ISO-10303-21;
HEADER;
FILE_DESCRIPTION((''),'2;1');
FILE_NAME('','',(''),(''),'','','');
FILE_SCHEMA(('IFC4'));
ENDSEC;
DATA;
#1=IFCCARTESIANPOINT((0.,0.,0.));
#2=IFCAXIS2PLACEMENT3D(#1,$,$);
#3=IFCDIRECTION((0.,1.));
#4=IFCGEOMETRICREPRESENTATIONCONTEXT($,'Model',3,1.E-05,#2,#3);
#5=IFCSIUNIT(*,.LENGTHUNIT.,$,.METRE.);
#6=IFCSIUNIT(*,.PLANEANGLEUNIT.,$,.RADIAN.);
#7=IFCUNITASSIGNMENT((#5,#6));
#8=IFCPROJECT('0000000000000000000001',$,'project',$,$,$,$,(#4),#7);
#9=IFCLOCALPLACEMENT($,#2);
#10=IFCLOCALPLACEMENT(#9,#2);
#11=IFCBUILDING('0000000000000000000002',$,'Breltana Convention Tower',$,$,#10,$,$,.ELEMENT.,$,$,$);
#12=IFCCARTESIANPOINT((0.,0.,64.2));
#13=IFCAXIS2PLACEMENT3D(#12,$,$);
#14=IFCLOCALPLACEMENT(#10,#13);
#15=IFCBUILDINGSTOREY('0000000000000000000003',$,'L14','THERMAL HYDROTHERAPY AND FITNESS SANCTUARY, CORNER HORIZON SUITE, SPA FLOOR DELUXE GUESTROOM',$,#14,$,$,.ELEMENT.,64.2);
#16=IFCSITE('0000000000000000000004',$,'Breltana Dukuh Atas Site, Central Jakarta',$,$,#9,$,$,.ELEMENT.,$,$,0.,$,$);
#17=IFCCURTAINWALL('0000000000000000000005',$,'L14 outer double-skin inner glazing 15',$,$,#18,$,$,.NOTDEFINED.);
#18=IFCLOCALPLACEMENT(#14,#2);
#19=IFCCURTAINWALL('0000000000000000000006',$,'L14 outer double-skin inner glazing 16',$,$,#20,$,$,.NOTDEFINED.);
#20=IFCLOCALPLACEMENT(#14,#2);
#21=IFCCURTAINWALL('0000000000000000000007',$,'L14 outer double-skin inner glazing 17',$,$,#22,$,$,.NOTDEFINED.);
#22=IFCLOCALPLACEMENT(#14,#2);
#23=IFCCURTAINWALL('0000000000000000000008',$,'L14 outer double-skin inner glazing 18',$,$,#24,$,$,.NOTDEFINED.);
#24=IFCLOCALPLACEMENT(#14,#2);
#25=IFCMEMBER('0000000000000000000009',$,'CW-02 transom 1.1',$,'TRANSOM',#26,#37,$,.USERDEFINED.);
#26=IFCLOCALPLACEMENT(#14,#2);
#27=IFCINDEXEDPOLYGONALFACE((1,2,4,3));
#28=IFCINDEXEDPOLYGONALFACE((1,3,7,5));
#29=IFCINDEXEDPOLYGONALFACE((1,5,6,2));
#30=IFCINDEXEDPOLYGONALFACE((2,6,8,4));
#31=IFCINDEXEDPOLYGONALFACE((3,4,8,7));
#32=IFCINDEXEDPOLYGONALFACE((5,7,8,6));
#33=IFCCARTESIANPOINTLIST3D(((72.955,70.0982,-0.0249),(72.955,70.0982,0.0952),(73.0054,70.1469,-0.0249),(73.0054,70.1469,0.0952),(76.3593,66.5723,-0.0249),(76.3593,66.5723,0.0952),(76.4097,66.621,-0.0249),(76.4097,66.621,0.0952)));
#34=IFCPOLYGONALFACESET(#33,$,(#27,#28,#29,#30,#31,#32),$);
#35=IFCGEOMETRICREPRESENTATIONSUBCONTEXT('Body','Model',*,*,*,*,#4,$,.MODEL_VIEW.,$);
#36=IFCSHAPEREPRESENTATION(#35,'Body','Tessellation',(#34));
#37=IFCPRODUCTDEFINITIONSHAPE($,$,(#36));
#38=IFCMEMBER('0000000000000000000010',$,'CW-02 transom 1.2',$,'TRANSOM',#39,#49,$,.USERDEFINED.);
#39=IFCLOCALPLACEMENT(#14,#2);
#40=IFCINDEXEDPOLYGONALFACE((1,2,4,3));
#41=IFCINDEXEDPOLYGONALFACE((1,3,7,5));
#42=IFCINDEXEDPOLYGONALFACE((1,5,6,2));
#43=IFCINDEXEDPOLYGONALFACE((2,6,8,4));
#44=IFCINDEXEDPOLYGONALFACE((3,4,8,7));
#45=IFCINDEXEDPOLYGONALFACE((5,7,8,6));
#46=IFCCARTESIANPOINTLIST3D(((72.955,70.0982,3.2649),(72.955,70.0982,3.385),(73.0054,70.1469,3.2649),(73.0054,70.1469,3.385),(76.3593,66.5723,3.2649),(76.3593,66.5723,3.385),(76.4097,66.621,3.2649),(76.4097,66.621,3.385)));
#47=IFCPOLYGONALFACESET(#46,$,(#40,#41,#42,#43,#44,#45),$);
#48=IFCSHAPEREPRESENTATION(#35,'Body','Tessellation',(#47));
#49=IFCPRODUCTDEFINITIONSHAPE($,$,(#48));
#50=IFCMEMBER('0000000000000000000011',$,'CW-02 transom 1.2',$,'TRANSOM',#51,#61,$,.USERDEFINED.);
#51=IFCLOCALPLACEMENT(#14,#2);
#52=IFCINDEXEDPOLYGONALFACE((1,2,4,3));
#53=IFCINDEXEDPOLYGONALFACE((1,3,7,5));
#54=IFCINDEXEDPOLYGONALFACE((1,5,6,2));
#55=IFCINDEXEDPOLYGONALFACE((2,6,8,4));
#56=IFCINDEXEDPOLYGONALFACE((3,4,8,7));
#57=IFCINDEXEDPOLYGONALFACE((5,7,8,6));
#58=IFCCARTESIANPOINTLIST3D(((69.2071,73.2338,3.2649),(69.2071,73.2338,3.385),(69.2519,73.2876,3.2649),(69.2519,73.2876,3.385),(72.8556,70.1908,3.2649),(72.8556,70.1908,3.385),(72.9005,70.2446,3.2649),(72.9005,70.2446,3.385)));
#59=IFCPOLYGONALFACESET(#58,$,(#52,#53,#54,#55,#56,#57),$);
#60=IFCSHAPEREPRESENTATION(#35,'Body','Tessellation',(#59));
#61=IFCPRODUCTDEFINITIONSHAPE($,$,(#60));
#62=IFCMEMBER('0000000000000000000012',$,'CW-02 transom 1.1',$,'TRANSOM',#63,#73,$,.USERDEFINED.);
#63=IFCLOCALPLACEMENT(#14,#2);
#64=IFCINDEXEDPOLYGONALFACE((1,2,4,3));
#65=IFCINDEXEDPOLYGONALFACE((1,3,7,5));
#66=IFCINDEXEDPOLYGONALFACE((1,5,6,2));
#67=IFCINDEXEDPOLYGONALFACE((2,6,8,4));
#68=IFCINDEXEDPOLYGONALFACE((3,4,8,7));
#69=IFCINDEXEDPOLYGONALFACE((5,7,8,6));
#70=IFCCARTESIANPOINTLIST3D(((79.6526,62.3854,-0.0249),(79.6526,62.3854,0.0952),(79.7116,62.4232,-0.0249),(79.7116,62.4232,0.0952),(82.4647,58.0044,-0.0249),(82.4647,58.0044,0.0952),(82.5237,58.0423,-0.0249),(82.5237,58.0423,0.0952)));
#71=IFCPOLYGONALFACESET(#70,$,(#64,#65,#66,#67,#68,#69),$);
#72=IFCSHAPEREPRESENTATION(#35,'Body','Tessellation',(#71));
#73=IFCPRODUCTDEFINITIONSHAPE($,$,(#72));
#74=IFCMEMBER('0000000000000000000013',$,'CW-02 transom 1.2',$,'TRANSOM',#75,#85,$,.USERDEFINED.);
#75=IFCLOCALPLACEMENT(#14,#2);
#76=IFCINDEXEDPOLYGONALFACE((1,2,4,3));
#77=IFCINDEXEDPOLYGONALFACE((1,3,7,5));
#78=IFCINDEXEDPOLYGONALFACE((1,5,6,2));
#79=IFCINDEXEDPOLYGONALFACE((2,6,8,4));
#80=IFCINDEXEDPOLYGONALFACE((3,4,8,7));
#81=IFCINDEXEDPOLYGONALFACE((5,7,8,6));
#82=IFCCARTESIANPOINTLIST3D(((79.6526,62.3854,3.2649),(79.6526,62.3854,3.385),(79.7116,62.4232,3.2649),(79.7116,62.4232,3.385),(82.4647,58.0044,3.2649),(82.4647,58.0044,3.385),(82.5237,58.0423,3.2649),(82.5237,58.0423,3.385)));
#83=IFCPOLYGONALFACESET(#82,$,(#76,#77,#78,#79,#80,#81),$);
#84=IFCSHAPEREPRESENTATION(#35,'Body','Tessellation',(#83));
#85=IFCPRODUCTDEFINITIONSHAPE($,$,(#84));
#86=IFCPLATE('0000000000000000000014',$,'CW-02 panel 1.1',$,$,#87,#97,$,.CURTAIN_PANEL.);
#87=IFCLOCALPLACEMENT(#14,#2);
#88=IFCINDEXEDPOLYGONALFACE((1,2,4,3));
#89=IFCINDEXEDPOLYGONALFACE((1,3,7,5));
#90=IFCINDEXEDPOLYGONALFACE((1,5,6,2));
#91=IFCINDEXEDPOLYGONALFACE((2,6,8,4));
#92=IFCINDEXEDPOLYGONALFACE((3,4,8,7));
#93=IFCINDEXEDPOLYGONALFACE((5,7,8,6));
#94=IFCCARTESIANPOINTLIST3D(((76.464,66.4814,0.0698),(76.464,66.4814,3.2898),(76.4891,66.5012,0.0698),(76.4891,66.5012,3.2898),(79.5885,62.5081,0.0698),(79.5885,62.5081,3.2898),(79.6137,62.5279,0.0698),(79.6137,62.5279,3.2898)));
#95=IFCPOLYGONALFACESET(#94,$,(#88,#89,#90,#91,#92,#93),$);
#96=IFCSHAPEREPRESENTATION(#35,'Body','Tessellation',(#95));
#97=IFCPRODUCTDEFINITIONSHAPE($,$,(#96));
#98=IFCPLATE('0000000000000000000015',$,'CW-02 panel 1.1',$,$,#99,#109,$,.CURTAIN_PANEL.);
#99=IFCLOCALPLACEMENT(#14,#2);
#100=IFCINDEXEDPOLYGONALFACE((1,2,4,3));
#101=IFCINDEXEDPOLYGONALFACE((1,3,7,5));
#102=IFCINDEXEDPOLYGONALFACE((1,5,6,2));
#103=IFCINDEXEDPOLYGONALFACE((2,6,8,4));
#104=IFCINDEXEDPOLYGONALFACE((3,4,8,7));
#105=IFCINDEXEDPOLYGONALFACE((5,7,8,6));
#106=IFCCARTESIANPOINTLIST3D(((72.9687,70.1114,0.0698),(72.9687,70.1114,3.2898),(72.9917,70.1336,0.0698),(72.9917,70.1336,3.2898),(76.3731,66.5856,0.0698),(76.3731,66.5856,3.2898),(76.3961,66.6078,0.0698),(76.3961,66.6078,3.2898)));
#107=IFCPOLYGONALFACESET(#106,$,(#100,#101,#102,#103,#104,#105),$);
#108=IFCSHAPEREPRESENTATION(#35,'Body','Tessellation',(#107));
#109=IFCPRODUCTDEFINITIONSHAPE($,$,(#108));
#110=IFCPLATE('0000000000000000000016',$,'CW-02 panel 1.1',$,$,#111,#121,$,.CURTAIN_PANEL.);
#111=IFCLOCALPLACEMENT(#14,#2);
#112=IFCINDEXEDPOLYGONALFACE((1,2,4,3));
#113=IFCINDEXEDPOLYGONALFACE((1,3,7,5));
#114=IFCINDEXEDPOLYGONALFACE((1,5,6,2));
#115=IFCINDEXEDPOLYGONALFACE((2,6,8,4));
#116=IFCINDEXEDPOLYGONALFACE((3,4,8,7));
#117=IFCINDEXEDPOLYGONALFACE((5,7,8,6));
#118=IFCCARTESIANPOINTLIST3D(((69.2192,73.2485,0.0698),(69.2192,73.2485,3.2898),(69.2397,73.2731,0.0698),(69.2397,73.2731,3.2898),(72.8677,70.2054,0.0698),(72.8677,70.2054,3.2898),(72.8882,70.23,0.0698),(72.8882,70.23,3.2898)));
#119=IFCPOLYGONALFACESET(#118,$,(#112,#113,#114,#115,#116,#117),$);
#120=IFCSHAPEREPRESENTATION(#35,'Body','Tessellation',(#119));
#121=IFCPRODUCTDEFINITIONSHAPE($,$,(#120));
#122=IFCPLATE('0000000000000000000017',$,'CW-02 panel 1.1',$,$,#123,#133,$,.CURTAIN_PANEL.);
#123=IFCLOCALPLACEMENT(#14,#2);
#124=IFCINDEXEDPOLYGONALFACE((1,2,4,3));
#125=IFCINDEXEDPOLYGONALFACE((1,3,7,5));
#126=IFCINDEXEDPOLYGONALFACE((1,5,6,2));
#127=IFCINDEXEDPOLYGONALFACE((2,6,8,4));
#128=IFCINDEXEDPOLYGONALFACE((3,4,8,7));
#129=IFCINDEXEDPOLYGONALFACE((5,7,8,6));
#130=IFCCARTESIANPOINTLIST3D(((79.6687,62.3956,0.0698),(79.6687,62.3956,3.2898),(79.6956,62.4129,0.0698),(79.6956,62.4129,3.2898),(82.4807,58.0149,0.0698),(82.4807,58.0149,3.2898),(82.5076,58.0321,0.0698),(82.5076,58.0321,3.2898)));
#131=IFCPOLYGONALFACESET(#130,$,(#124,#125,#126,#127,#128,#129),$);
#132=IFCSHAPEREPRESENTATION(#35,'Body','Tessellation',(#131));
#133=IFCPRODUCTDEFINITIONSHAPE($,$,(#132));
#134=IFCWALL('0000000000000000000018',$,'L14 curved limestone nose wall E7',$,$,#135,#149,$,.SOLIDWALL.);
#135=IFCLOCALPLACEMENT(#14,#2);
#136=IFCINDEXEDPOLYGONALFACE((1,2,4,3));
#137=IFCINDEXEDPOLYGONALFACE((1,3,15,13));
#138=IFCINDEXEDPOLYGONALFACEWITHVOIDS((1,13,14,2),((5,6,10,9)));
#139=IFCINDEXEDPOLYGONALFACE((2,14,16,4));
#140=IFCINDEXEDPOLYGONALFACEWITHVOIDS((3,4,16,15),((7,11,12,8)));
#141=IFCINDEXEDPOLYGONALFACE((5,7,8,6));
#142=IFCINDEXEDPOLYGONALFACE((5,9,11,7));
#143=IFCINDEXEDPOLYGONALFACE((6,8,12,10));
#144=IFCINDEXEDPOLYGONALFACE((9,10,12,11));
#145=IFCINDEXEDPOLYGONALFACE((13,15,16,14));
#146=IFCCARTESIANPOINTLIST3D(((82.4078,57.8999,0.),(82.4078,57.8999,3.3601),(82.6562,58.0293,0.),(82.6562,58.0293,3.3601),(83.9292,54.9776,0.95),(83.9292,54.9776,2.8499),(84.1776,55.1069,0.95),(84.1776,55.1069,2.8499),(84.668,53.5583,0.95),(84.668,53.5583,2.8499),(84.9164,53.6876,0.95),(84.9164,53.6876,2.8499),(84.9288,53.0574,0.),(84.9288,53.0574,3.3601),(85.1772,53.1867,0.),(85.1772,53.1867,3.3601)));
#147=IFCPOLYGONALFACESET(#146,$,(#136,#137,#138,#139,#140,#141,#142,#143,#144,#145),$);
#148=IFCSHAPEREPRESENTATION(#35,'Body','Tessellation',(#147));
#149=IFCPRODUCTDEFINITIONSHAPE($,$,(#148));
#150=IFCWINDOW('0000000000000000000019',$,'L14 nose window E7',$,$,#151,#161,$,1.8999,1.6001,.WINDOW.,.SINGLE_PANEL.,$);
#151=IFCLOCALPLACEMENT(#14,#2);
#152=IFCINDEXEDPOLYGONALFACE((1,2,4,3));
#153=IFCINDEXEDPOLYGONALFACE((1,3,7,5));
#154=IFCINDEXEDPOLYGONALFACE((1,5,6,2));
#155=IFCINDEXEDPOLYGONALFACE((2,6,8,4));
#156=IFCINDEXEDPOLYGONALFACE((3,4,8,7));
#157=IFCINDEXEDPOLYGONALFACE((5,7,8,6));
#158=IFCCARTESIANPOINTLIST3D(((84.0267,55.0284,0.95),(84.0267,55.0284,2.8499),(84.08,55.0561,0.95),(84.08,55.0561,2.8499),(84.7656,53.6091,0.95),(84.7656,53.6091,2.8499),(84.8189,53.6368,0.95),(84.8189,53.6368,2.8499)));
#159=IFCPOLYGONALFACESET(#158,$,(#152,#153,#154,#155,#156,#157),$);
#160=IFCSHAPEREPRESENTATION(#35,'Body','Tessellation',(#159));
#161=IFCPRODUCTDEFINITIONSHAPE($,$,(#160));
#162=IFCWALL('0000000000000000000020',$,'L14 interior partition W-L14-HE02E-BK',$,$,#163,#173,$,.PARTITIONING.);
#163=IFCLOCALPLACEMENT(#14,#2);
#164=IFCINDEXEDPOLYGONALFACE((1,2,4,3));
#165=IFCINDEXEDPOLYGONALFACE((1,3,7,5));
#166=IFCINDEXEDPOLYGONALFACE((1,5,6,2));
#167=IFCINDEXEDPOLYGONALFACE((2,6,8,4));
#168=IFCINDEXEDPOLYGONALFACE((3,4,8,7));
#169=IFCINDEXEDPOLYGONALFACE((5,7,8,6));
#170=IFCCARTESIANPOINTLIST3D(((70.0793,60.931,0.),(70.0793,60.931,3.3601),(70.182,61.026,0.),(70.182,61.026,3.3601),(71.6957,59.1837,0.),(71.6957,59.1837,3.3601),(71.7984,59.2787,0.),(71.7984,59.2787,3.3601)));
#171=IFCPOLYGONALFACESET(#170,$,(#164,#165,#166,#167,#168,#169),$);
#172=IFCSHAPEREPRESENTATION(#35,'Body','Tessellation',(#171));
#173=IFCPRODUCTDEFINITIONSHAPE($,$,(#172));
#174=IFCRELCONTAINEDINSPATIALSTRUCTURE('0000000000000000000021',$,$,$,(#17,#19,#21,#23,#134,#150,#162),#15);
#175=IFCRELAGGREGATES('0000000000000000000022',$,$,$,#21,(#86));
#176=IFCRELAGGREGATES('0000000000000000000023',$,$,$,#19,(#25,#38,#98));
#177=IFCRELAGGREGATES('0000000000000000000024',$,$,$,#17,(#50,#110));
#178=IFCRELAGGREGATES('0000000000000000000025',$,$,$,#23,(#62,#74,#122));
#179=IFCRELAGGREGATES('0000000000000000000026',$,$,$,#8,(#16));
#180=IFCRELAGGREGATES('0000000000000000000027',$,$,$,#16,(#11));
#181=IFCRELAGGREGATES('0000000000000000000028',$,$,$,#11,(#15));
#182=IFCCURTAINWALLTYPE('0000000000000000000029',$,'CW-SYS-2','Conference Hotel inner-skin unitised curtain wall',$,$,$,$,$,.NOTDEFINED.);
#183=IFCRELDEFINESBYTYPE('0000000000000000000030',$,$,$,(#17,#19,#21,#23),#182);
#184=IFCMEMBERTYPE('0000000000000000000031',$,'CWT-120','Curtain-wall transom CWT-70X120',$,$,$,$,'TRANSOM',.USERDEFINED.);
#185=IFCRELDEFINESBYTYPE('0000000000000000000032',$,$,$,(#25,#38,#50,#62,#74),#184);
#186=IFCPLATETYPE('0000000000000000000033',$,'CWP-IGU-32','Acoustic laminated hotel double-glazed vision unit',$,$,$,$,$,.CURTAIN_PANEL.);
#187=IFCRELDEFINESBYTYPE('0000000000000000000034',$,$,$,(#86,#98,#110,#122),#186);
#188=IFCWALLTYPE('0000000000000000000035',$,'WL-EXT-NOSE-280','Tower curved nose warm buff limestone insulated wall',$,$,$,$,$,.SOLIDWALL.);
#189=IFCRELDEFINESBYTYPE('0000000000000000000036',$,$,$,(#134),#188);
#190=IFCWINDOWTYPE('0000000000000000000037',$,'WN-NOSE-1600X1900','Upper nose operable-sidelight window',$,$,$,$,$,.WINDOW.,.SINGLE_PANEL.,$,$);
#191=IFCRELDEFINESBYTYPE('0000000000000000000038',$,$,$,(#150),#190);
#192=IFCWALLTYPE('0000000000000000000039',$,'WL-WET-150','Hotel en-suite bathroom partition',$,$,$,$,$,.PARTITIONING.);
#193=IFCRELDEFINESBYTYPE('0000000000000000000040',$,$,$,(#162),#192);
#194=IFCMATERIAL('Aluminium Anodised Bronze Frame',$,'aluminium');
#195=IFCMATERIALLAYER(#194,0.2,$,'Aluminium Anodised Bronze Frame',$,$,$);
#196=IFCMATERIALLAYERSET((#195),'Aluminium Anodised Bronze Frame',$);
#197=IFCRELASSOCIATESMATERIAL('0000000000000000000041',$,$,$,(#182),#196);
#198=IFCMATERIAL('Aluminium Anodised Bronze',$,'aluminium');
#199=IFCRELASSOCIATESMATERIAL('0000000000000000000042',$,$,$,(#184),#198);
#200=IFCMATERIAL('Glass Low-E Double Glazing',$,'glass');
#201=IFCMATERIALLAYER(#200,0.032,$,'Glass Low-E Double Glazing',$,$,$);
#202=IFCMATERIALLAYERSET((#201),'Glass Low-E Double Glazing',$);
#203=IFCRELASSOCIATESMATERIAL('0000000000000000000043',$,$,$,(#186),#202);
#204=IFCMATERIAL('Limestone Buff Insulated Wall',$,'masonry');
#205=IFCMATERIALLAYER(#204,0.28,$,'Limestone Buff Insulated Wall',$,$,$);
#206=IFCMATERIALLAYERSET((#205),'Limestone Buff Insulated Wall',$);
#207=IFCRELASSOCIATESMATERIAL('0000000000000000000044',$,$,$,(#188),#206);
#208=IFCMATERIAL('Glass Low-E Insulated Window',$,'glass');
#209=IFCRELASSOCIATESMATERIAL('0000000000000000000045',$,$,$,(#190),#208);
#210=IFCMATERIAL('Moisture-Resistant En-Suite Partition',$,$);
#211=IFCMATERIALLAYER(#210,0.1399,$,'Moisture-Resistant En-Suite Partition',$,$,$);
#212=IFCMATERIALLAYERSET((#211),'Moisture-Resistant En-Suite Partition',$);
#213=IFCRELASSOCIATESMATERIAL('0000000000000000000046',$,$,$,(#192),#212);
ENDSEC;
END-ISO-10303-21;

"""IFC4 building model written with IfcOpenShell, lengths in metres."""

from ifc_helpers import new_model, si_unit, direction, frame, frame_2d, origin, origin_2d, place, context, subcontext, project, spatial, rectangle, extrude, source, transform, mapped, material, layer, layer_set, material_profile, profile_set, type_object, type_shapes, element, fill, aggregate, save


model = new_model("IFC4")

# Units and contexts
model_context = context("Model", 3, precision=1e-05, world=origin(), true_north=direction((0.0, 1.0)))
body_context = subcontext(model_context, "Body", "Model", "MODEL_VIEW")
ifc_project = project(units=[si_unit("LENGTHUNIT", "METRE"), si_unit("PLANEANGLEUNIT", "RADIAN")], contexts=[model_context])

# Site, building, storey
site_placement = place(None, origin())
site = spatial("IfcSite", under=ifc_project, at=site_placement, Name="Breltana Dukuh Atas Site, Central Jakarta", CompositionType="ELEMENT", RefElevation=0.0)
building_placement = place(site_placement, origin())
building = spatial("IfcBuilding", under=site, at=building_placement, Name="Breltana Convention Tower", CompositionType="ELEMENT")
storey_placement = place(building_placement, frame((0.0, 0.0, 64.2)))
storey = spatial("IfcBuildingStorey", under=building, at=storey_placement, Name="L14", Description="THERMAL HYDROTHERAPY AND FITNESS SANCTUARY, CORNER HORIZON SUITE, SPA FLOOR DELUXE GUESTROOM", CompositionType="ELEMENT", Elevation=64.2)

# Curtain wall
ifc_material_1 = material(Name="Aluminium Anodised Bronze Frame", Category="aluminium")
ifc_layer_1 = layer(ifc_material_1, 0.2, Name="Aluminium Anodised Bronze Frame")
ifc_layer_set_1 = layer_set([ifc_layer_1], Name="Aluminium Anodised Bronze Frame")
curtain_wall_type = type_object("IfcCurtainWallType", Name="CW-SYS-2", Description="Conference Hotel inner-skin unitised curtain wall", PredefinedType="NOTDEFINED", material=ifc_layer_set_1)
curtain_wall_1_placement = place(storey_placement, origin())
curtain_wall_1 = element("IfcCurtainWall", 1, at=curtain_wall_1_placement, inside=storey, type_object=curtain_wall_type, Name="L14 outer double-skin inner glazing 15", PredefinedType="NOTDEFINED")
ifc_material_2 = material(Name="Aluminium Anodised Bronze", Category="aluminium")

# Curtain walls
curtain_wall_2_placement = place(storey_placement, origin())
curtain_wall_2 = element("IfcCurtainWall", 2, at=curtain_wall_2_placement, inside=storey, type_object=curtain_wall_type, Name="L14 outer double-skin inner glazing 16", PredefinedType="NOTDEFINED")
curtain_wall_3_placement = place(storey_placement, origin())
curtain_wall_3 = element("IfcCurtainWall", 3, at=curtain_wall_3_placement, inside=storey, type_object=curtain_wall_type, Name="L14 outer double-skin inner glazing 17", PredefinedType="NOTDEFINED")
curtain_wall_4_placement = place(storey_placement, origin())
curtain_wall_4 = element("IfcCurtainWall", 4, at=curtain_wall_4_placement, inside=storey, type_object=curtain_wall_type, Name="L14 outer double-skin inner glazing 18", PredefinedType="NOTDEFINED")

# Members
ifc_material_profile_1 = material_profile(ifc_material_2, rectangle(XDim=0.0701, YDim=0.1201, at=origin_2d()), Name="CWT-70X120")
ifc_profile_set_1 = profile_set([ifc_material_profile_1], Name="Aluminium Anodised Bronze")
member_type_1 = type_object("IfcMemberType", Name="CWT-120", Description="Curtain-wall transom CWT-70X120", ElementType="TRANSOM", PredefinedType="USERDEFINED", material=ifc_profile_set_1)
shared_shape_1 = source(origin(), body_context, "Body", "SweptSolid", [
    extrude(rectangle(XDim=0.0701, YDim=0.1201, at=origin_2d()), origin(), (0.0, 0.0, 1.0), 4.9011),
])
member_1_placement = place(storey_placement, frame((72.9802, 70.1226, 0.0352), z_axis=(0.694595, -0.719401, 0.0), x_axis=(0.719401, 0.694595, 0.0)))
member_1 = element("IfcMember", 5, at=member_1_placement, type_object=member_type_1, Name="CW-02 transom 1.1", ObjectType="TRANSOM", PredefinedType="USERDEFINED", context=body_context, shape_type="MappedRepresentation", body=[
    mapped(shared_shape_1, transform((0.0, 0.0, 0.0), scale=1.0)),
])
member_2_placement = place(storey_placement, frame((72.9802, 70.1226, 3.325), z_axis=(0.694595, -0.719401, 0.0), x_axis=(0.719401, 0.694595, 0.0)))
member_2 = element("IfcMember", 6, at=member_2_placement, type_object=member_type_1, Name="CW-02 transom 1.2", ObjectType="TRANSOM", PredefinedType="USERDEFINED", context=body_context, shape_type="MappedRepresentation", body=[
    mapped(shared_shape_1, transform((0.0, 0.0, 0.0), scale=1.0)),
])
shared_shape_2 = source(origin(), body_context, "Body", "SweptSolid", [
    extrude(rectangle(XDim=0.0701, YDim=0.1201, at=origin_2d()), origin(), (0.0, 0.0, 1.0), 4.751),
])
member_3_placement = place(storey_placement, frame((69.2295, 73.2607, 3.325), z_axis=(0.767952, -0.640508, 0.0), x_axis=(0.640508, 0.767952, 0.0)))
member_3 = element("IfcMember", 7, at=member_3_placement, type_object=member_type_1, Name="CW-02 transom 1.2", ObjectType="TRANSOM", PredefinedType="USERDEFINED", context=body_context, shape_type="MappedRepresentation", body=[
    mapped(shared_shape_2, transform((0.0, 0.0, 0.0), scale=1.0)),
])
shared_shape_3 = source(origin(), body_context, "Body", "SweptSolid", [
    extrude(rectangle(XDim=0.0701, YDim=0.1201, at=origin_2d()), origin(), (0.0, 0.0, 1.0), 5.2058),
])
member_4_placement = place(storey_placement, frame((79.6821, 62.4043, 0.0352), z_axis=(0.540179, -0.84155, 0.0), x_axis=(0.84155, 0.540179, 0.0)))
member_4 = element("IfcMember", 8, at=member_4_placement, type_object=member_type_1, Name="CW-02 transom 1.1", ObjectType="TRANSOM", PredefinedType="USERDEFINED", context=body_context, shape_type="MappedRepresentation", body=[
    mapped(shared_shape_3, transform((0.0, 0.0, 0.0), scale=1.0)),
])
member_5_placement = place(storey_placement, frame((79.6821, 62.4043, 3.325), z_axis=(0.540179, -0.84155, 0.0), x_axis=(0.84155, 0.540179, 0.0)))
member_5 = element("IfcMember", 9, at=member_5_placement, type_object=member_type_1, Name="CW-02 transom 1.2", ObjectType="TRANSOM", PredefinedType="USERDEFINED", context=body_context, shape_type="MappedRepresentation", body=[
    mapped(shared_shape_3, transform((0.0, 0.0, 0.0), scale=1.0)),
])

# Plates
ifc_material_3 = material(Name="Glass Low-E Double Glazing", Category="glass")
ifc_layer_2 = layer(ifc_material_3, 0.032, Name="Glass Low-E Double Glazing")
ifc_layer_set_2 = layer_set([ifc_layer_2], Name="Glass Low-E Double Glazing")
plate_type = type_object("IfcPlateType", Name="CWP-IGU-32", Description="Acoustic laminated hotel double-glazed vision unit", PredefinedType="CURTAIN_PANEL", material=ifc_layer_set_2)
shared_shape_4 = source(origin(), body_context, "Body", "SweptSolid", [
    extrude(rectangle(XDim=5.0547, YDim=0.032, at=origin_2d()), origin(), (0.0, 0.0, 1.0), 3.22),
])
plate_1_placement = place(storey_placement, frame((78.0388, 64.5046, 0.0698), z_axis=(0.0, 0.0, 1.0), x_axis=(0.618154, -0.786057, 0.0)))
plate_1 = element("IfcPlate", 10, at=plate_1_placement, type_object=plate_type, Name="CW-02 panel 1.1", PredefinedType="CURTAIN_PANEL", context=body_context, shape_type="MappedRepresentation", body=[
    mapped(shared_shape_4, transform((0.0, 0.0, 0.0), scale=1.0)),
])
aggregate(curtain_wall_3, [plate_1])
shared_shape_5 = source(origin(), body_context, "Body", "SweptSolid", [
    extrude(rectangle(XDim=4.9011, YDim=0.032, at=origin_2d()), origin(), (0.0, 0.0, 1.0), 3.22),
])
plate_2_placement = place(storey_placement, frame((74.6824, 68.3596, 0.0698), z_axis=(0.0, 0.0, 1.0), x_axis=(0.69461, -0.719386, 0.0)))
plate_2 = element("IfcPlate", 11, at=plate_2_placement, type_object=plate_type, Name="CW-02 panel 1.1", PredefinedType="CURTAIN_PANEL", context=body_context, shape_type="MappedRepresentation", body=[
    mapped(shared_shape_5, transform((0.0, 0.0, 0.0), scale=1.0)),
])
aggregate(curtain_wall_2, [member_1, member_2, plate_2])
shared_shape_6 = source(origin(), body_context, "Body", "SweptSolid", [
    extrude(rectangle(XDim=4.751, YDim=0.032, at=origin_2d()), origin(), (0.0, 0.0, 1.0), 3.22),
])
plate_3_placement = place(storey_placement, frame((71.0537, 71.7393, 0.0698), z_axis=(0.0, 0.0, 1.0), x_axis=(0.767941, -0.64052, 0.0)))
plate_3 = element("IfcPlate", 12, at=plate_3_placement, type_object=plate_type, Name="CW-02 panel 1.1", PredefinedType="CURTAIN_PANEL", context=body_context, shape_type="MappedRepresentation", body=[
    mapped(shared_shape_6, transform((0.0, 0.0, 0.0), scale=1.0)),
])
aggregate(curtain_wall_1, [member_3, plate_3])
shared_shape_7 = source(origin(), body_context, "Body", "SweptSolid", [
    extrude(rectangle(XDim=5.2056, YDim=0.032, at=origin_2d()), origin(), (0.0, 0.0, 1.0), 3.22),
])
plate_4_placement = place(storey_placement, frame((81.0881, 60.2139, 0.0698), z_axis=(0.0, 0.0, 1.0), x_axis=(0.540181, -0.841549, 0.0)))
plate_4 = element("IfcPlate", 13, at=plate_4_placement, type_object=plate_type, Name="CW-02 panel 1.1", PredefinedType="CURTAIN_PANEL", context=body_context, shape_type="MappedRepresentation", body=[
    mapped(shared_shape_7, transform((0.0, 0.0, 0.0), scale=1.0)),
])
aggregate(curtain_wall_4, [member_4, member_5, plate_4])

# Wall, opening, window
ifc_material_4 = material(Name="Limestone Buff Insulated Wall", Category="masonry")
ifc_layer_3 = layer(ifc_material_4, 0.28, Name="Limestone Buff Insulated Wall")
ifc_layer_set_3 = layer_set([ifc_layer_3], Name="Limestone Buff Insulated Wall")
wall_type_1 = type_object("IfcWallType", Name="WL-EXT-NOSE-280", Description="Tower curved nose warm buff limestone insulated wall", PredefinedType="SOLIDWALL", material=ifc_layer_set_3)
shared_shape_8 = source(origin(), body_context, "Body", "SweptSolid", [
    extrude(rectangle(XDim=5.4595, YDim=0.28, at=frame_2d((2.7297, 0.0))), origin(), (0.0, 0.0, 1.0), 3.3601),
])
wall_1_placement = place(storey_placement, frame((82.532, 57.9646, 0.0), z_axis=(0.0, 0.0, 1.0), x_axis=(0.461768, -0.887001, 0.0)))
wall_1 = element("IfcWall", 14, at=wall_1_placement, inside=storey, type_object=wall_type_1, Name="L14 curved limestone nose wall E7", PredefinedType="SOLIDWALL", context=body_context, shape_type="MappedRepresentation", body=[
    mapped(shared_shape_8, transform((0.0, 0.0, 0.0), scale=1.0)),
])
opening_placement = place(wall_1_placement, frame((3.2947, 0.0, 0.95)))
opening = element("IfcOpeningElement", 15, at=opening_placement, cuts=wall_1, PredefinedType="OPENING", context=body_context, shape_type="SweptSolid", body=[
    extrude(rectangle(XDim=1.6001, YDim=1.8999, at=frame_2d((0.8, 0.95))), frame((0.0, 0.1499, 0.0), z_axis=(0.0, -1.0, 0.0), x_axis=(1.0, 0.0, 0.0)), (0.0, 0.0, 1.0), 0.3),
])
ifc_material_5 = material(Name="Glass Low-E Insulated Window", Category="glass")
window_type = type_object("IfcWindowType", Name="WN-NOSE-1600X1900", Description="Upper nose operable-sidelight window", PartitioningType="SINGLE_PANEL", PredefinedType="WINDOW", material=ifc_material_5)
shared_shape_9 = source(origin(), body_context, "Body", "SweptSolid", [
    extrude(rectangle(XDim=1.6001, YDim=1.8999, at=frame_2d((0.8, 0.95))), frame((0.0, 0.03, 0.0), z_axis=(0.0, -1.0, 0.0), x_axis=(1.0, 0.0, 0.0)), (0.0, 0.0, 1.0), 0.0601),
])
type_shapes(window_type, [shared_shape_9])
window_placement = place(opening_placement, origin())
window = element("IfcWindow", 16, at=window_placement, inside=storey, type_object=window_type, Name="L14 nose window E7", OverallHeight=1.8999, OverallWidth=1.6001, PartitioningType="SINGLE_PANEL", PredefinedType="WINDOW", context=body_context, shape_type="MappedRepresentation", body=[
    mapped(shared_shape_9, transform((0.0, 0.0, 0.0), scale=1.0)),
])
fill(opening, window)

# Wall
ifc_material_6 = material(Name="Moisture-Resistant En-Suite Partition")
ifc_layer_4 = layer(ifc_material_6, 0.1399, Name="Moisture-Resistant En-Suite Partition")
ifc_layer_set_4 = layer_set([ifc_layer_4], Name="Moisture-Resistant En-Suite Partition")
wall_type_2 = type_object("IfcWallType", Name="WL-WET-150", Description="Hotel en-suite bathroom partition", PredefinedType="PARTITIONING", material=ifc_layer_set_4)
shared_shape_10 = source(origin(), body_context, "Body", "SweptSolid", [
    extrude(rectangle(XDim=2.3804, YDim=0.1399, at=frame_2d((1.1902, 0.0))), origin(), (0.0, 0.0, 1.0), 3.3601),
])
wall_2_placement = place(storey_placement, frame((70.1306, 60.9785, 0.0), z_axis=(0.0, 0.0, 1.0), x_axis=(0.679085, -0.73406, 0.0)))
element("IfcWall", 17, at=wall_2_placement, inside=storey, type_object=wall_type_2, Name="L14 interior partition W-L14-HE02E-BK", PredefinedType="PARTITIONING", context=body_context, shape_type="MappedRepresentation", body=[
    mapped(shared_shape_10, transform((0.0, 0.0, 0.0), scale=1.0)),
])

save(model, "model.ifc")
